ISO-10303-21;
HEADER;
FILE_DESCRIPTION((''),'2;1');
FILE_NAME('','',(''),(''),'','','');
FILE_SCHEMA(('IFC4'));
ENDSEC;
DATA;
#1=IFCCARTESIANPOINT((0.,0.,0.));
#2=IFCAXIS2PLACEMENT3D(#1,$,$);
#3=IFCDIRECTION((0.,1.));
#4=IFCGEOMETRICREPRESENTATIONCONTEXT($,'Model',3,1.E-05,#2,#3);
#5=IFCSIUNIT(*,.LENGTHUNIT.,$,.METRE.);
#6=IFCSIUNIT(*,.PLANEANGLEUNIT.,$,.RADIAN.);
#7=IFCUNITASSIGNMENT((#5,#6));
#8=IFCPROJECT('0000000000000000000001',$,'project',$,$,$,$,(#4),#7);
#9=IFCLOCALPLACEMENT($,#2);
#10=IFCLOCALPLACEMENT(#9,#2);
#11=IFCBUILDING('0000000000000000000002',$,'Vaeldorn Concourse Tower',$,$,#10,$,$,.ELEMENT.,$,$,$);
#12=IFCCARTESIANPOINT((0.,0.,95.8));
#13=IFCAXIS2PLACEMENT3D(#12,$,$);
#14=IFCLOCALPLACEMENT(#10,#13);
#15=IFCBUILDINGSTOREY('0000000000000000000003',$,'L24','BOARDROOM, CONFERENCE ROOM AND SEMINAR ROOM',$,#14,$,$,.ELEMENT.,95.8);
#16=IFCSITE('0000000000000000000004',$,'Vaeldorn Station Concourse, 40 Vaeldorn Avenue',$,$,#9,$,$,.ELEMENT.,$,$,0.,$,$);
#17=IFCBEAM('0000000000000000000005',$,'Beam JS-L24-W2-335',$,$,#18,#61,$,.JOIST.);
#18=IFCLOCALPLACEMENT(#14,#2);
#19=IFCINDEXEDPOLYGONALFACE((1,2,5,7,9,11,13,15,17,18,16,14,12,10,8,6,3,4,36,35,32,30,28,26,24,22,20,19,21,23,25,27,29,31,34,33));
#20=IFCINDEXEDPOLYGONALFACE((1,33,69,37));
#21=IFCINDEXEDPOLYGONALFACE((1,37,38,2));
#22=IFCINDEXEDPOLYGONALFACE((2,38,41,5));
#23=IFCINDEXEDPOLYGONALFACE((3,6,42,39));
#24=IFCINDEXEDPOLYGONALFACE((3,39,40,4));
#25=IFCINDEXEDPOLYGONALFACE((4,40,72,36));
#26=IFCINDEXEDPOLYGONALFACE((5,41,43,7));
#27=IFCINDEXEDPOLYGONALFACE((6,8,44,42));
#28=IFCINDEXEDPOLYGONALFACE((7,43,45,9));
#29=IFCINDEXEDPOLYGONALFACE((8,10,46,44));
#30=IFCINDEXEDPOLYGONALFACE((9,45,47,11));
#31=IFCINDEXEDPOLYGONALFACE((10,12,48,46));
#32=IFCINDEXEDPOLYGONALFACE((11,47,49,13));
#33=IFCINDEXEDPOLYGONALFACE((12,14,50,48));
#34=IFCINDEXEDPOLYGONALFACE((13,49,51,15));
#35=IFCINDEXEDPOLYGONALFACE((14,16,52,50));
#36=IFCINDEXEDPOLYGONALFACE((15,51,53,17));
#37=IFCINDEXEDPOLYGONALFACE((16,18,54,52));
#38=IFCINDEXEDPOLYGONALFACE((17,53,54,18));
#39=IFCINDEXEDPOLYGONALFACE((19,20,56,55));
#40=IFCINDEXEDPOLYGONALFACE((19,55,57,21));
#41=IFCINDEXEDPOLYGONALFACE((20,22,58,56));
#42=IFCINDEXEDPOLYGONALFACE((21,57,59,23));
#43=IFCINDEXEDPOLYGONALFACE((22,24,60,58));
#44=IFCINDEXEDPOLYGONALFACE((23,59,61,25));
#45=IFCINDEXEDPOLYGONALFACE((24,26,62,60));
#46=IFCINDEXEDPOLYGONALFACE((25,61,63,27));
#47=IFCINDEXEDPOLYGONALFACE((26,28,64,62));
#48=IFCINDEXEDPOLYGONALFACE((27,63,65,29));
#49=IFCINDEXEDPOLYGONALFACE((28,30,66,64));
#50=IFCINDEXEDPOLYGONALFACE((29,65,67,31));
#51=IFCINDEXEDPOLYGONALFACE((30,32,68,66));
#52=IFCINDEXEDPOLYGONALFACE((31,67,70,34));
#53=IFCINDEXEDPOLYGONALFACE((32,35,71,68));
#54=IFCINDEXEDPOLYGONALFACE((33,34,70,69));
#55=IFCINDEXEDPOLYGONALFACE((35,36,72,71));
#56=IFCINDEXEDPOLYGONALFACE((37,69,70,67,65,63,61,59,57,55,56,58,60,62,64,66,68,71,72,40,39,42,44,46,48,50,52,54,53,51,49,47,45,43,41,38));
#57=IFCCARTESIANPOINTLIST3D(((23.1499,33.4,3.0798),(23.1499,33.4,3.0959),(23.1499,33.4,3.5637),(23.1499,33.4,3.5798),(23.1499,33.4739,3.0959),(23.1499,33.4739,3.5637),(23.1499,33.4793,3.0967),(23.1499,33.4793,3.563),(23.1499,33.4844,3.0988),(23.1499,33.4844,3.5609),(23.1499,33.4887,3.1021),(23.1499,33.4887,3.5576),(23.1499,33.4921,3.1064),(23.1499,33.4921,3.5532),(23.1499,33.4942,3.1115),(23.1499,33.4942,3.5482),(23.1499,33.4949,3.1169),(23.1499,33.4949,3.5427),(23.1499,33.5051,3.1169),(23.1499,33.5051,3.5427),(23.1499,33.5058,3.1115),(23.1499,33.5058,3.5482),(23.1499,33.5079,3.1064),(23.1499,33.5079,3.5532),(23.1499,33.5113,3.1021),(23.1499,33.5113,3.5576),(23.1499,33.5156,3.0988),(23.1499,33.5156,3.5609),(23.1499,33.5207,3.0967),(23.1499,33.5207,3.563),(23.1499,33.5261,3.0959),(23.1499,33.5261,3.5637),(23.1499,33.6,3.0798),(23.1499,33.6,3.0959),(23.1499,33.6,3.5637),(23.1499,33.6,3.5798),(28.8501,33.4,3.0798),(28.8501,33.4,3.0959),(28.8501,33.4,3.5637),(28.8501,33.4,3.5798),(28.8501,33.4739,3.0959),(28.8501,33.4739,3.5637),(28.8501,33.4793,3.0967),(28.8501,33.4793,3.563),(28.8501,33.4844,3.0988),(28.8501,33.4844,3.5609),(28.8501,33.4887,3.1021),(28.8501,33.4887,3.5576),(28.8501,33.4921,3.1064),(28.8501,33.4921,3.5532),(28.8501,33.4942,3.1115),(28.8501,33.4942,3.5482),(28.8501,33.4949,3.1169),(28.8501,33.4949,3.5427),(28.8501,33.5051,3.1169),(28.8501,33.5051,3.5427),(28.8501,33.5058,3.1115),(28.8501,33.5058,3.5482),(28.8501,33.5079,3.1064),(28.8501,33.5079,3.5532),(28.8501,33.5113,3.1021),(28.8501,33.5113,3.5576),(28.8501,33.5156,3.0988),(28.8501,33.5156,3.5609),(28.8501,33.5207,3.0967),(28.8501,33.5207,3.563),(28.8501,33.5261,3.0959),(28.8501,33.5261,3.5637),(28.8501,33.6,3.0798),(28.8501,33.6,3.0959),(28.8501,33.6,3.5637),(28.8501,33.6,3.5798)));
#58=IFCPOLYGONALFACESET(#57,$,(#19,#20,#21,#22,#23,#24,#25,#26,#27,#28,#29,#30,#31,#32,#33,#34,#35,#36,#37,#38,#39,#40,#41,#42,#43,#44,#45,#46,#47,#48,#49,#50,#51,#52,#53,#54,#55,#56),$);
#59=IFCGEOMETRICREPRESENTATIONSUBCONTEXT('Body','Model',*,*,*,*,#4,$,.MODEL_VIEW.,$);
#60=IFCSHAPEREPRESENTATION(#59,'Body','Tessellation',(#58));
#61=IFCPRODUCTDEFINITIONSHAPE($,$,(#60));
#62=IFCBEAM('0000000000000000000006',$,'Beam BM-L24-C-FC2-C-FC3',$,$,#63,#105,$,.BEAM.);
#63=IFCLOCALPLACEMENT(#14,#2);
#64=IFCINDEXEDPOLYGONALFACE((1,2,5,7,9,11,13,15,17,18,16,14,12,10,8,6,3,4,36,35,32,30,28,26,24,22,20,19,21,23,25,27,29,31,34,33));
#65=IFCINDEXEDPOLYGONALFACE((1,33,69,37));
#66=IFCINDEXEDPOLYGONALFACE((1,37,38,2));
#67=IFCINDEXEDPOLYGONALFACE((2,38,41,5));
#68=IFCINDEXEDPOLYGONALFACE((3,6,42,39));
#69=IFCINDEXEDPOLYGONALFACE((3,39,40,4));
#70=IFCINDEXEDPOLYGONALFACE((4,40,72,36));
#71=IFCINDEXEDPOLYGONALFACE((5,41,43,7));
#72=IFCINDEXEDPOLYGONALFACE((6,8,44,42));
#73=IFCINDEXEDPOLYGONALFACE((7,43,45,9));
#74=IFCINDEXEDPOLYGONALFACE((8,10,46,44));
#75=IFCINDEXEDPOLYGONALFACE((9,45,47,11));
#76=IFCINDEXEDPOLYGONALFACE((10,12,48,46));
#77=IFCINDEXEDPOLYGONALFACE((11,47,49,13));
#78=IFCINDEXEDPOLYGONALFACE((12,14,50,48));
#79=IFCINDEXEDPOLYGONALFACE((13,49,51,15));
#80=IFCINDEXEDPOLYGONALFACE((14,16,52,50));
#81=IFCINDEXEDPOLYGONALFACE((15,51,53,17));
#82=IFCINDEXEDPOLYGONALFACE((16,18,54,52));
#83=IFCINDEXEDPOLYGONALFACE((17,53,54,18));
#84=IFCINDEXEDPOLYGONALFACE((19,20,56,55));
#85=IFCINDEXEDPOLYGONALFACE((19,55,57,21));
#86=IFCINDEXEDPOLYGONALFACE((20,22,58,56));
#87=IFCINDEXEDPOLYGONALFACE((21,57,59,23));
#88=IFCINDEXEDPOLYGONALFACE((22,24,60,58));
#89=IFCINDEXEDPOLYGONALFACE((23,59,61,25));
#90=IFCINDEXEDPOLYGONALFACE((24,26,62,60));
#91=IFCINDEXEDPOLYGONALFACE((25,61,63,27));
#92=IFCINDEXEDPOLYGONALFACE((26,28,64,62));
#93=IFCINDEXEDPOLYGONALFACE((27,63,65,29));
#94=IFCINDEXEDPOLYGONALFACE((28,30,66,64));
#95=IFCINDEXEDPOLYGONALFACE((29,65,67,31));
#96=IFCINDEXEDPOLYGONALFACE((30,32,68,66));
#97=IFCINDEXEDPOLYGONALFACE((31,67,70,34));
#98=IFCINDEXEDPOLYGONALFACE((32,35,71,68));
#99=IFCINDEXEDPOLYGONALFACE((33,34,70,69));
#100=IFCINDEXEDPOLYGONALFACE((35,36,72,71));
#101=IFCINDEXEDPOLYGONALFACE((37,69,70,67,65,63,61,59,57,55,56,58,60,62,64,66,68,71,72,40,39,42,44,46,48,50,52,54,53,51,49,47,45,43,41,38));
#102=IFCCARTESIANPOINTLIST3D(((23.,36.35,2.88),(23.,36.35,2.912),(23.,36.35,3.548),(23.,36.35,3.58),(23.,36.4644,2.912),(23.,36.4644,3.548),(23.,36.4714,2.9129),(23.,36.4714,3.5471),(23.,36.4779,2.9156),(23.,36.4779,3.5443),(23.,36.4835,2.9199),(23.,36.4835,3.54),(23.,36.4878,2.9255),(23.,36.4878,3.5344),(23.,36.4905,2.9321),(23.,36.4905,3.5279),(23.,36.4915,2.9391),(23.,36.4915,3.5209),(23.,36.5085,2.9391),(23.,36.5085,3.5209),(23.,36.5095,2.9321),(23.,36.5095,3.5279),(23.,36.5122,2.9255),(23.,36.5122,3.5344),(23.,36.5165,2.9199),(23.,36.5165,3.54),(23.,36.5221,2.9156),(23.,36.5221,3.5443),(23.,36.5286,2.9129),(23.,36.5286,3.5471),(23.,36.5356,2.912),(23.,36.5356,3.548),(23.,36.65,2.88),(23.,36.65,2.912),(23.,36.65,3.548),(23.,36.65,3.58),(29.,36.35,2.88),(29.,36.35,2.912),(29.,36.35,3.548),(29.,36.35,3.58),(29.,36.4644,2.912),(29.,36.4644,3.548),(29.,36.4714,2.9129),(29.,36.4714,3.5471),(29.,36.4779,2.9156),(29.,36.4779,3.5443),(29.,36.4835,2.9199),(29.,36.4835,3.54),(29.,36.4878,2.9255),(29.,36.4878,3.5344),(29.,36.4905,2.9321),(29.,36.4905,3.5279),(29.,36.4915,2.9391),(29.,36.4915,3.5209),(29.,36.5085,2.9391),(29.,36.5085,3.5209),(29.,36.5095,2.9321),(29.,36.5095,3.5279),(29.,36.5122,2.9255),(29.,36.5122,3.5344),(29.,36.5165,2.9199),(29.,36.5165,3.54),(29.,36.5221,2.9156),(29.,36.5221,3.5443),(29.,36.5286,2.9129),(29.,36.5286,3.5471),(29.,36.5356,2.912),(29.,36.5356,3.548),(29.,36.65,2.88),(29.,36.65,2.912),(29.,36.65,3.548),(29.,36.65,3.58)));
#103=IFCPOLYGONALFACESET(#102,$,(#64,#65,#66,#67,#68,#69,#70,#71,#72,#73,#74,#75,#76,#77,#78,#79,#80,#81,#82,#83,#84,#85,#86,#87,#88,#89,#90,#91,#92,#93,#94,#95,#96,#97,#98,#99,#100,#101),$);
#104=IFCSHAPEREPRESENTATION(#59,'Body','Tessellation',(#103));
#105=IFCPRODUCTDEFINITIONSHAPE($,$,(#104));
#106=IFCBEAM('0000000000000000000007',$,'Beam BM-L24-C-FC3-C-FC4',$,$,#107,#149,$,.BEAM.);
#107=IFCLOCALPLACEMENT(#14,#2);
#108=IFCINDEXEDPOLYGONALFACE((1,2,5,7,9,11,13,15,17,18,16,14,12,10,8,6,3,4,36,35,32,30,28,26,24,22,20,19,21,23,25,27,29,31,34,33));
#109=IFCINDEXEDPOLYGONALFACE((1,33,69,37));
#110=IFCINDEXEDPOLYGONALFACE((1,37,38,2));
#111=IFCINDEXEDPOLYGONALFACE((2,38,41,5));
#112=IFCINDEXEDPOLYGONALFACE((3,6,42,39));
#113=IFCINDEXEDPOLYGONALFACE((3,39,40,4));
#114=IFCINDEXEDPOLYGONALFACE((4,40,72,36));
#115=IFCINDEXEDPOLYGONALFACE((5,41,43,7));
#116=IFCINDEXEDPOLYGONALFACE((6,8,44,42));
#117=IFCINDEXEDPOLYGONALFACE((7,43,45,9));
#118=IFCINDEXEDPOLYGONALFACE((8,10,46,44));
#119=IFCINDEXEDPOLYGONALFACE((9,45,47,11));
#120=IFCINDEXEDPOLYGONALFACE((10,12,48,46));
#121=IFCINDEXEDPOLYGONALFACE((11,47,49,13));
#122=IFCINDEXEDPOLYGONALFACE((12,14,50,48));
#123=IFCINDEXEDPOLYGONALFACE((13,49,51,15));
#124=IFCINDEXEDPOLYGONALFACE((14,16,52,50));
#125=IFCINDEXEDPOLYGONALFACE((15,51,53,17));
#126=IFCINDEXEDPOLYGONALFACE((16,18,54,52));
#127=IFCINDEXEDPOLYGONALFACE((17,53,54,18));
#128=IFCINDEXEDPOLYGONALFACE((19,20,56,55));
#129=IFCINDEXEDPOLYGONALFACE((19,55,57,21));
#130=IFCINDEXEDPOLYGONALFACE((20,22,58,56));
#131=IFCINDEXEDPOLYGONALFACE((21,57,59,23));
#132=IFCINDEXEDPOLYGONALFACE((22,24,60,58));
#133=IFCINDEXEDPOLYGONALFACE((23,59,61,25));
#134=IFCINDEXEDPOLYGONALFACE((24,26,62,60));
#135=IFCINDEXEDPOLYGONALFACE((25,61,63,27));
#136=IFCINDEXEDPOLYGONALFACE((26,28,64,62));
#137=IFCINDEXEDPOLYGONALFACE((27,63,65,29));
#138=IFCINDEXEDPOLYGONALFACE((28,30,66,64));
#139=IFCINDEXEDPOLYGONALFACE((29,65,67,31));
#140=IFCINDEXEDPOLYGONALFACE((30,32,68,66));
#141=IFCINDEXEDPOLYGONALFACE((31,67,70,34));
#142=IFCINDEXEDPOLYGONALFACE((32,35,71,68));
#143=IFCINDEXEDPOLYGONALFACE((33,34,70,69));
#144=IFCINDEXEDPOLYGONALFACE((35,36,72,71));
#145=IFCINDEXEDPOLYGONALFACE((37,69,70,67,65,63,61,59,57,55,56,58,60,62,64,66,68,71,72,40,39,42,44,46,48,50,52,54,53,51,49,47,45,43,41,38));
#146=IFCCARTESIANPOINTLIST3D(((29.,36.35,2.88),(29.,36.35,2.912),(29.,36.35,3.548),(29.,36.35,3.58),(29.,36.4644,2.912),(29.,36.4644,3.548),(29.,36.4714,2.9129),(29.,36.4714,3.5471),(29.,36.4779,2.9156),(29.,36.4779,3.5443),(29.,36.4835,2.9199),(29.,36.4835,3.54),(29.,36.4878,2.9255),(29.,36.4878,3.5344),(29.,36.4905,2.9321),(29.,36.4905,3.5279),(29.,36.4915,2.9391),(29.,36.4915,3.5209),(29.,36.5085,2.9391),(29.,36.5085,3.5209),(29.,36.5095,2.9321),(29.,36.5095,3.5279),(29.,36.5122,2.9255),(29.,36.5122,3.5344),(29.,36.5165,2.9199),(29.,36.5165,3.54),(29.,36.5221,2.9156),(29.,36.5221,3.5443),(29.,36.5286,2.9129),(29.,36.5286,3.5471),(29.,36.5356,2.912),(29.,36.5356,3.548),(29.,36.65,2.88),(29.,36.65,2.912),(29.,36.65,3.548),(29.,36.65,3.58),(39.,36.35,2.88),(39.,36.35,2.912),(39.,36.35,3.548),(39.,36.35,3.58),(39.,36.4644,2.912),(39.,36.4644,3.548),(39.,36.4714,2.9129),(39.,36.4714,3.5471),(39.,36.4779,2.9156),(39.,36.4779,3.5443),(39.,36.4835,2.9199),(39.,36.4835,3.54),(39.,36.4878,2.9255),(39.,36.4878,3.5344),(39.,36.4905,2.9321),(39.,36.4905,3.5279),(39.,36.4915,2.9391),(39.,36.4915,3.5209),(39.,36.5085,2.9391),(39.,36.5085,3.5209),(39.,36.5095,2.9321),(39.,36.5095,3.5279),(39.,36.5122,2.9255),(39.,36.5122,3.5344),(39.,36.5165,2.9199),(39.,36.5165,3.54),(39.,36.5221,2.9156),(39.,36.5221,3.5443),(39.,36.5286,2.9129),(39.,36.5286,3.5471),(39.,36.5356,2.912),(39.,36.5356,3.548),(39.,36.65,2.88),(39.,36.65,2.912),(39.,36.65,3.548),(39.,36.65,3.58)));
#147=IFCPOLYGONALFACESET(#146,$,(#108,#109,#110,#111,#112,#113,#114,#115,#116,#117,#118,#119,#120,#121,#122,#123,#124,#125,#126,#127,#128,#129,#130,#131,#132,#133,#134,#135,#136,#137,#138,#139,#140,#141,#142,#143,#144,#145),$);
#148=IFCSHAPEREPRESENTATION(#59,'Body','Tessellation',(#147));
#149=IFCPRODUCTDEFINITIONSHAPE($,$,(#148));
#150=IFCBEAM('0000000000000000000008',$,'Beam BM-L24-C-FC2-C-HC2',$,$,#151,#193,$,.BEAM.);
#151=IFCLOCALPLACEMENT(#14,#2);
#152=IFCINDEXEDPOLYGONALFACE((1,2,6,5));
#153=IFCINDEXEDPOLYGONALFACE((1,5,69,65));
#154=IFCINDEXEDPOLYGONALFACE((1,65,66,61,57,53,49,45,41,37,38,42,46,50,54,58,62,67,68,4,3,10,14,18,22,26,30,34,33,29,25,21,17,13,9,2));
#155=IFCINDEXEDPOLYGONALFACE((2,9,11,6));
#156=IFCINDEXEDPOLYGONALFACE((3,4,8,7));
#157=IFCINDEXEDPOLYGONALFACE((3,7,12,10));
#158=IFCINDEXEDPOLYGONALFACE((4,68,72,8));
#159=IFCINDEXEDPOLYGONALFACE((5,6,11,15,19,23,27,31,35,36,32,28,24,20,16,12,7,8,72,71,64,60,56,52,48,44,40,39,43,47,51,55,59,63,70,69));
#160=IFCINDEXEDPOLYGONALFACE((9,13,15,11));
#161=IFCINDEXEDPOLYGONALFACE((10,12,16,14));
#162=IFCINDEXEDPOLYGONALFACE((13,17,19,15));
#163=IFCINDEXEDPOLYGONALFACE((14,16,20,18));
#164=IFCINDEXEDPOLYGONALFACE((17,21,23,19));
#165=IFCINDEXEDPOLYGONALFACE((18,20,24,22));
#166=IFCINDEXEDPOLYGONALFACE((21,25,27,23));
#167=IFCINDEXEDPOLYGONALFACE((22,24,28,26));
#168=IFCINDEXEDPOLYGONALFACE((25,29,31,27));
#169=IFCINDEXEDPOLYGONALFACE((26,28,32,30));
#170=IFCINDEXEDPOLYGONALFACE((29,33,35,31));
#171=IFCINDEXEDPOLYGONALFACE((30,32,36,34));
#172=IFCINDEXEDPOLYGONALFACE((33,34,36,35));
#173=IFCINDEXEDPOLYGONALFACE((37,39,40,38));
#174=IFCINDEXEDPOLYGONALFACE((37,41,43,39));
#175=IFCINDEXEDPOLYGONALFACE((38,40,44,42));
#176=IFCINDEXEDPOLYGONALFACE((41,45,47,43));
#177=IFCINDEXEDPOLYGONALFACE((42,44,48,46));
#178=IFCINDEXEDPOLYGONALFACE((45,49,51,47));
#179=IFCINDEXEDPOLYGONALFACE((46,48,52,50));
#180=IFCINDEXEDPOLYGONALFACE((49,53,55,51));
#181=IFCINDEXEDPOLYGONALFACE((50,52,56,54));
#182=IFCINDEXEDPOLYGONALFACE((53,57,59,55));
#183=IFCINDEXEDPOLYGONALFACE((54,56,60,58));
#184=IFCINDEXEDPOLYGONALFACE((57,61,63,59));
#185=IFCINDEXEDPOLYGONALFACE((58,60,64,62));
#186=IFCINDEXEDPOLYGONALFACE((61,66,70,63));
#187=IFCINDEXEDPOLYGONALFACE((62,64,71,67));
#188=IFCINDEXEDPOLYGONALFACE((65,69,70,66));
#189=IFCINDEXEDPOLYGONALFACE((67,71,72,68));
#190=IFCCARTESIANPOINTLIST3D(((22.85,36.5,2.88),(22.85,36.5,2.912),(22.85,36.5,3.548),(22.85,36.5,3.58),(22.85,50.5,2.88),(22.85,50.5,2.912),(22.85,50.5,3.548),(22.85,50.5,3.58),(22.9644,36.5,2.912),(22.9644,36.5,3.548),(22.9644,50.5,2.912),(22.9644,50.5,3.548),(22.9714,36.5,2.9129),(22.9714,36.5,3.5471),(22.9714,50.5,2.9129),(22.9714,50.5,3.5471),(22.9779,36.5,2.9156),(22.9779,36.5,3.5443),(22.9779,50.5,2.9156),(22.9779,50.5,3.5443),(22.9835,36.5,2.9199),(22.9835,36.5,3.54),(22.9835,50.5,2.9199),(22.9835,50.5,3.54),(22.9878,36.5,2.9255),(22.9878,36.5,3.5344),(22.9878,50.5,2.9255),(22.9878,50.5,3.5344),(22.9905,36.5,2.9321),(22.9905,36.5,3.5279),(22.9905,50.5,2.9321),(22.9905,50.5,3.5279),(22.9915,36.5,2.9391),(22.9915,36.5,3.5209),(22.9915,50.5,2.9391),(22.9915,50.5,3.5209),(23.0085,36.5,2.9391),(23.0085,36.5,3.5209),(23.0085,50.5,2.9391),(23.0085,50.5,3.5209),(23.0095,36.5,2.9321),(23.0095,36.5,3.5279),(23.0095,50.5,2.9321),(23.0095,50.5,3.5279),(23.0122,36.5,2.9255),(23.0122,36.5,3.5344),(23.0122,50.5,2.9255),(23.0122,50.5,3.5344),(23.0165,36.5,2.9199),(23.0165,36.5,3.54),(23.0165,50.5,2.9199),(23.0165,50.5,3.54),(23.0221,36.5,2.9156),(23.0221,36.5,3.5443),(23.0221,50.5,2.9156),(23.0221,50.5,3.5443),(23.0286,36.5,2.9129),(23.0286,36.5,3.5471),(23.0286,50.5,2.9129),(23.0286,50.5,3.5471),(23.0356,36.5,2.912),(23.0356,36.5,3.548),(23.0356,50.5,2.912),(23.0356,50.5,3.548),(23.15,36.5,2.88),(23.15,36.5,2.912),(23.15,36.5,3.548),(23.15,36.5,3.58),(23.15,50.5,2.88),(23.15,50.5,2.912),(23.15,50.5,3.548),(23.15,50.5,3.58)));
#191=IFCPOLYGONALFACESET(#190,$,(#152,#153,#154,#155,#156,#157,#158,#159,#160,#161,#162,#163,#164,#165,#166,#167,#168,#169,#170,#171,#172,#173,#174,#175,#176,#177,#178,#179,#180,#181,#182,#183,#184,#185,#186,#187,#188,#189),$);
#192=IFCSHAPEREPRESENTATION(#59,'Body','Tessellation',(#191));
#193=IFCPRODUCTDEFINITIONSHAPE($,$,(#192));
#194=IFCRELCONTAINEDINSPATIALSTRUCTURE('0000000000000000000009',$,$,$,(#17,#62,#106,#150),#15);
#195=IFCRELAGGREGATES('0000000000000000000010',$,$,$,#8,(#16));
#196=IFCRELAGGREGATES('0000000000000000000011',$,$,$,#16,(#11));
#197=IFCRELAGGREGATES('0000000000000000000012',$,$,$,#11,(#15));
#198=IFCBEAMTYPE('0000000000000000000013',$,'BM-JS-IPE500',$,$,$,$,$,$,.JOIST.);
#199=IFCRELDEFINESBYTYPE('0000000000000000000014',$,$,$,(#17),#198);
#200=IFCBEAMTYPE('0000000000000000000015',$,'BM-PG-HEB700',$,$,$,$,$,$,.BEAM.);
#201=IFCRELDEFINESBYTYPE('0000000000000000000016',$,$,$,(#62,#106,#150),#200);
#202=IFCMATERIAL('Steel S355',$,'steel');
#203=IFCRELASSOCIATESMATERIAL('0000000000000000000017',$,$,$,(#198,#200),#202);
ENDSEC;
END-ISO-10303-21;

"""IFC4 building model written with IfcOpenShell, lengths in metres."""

from ifc_helpers import new_model, si_unit, direction, frame, origin, origin_2d, place, context, subcontext, project, spatial, i_section, extrude, source, transform, mapped, material, material_profile, profile_set, type_object, element, save


model = new_model("IFC4")

# Units and contexts
model_context = context("Model", 3, precision=1e-05, world=origin(), true_north=direction((0.0, 1.0)))
body_context = subcontext(model_context, "Body", "Model", "MODEL_VIEW")
ifc_project = project(units=[si_unit("LENGTHUNIT", "METRE"), si_unit("PLANEANGLEUNIT", "RADIAN")], contexts=[model_context])

# Site, building, storey
site_placement = place(None, origin())
site = spatial("IfcSite", under=ifc_project, at=site_placement, Name="Vaeldorn Station Concourse, 40 Vaeldorn Avenue", CompositionType="ELEMENT", RefElevation=0.0)
building_placement = place(site_placement, origin())
building = spatial("IfcBuilding", under=site, at=building_placement, Name="Vaeldorn Concourse Tower", CompositionType="ELEMENT")
storey_placement = place(building_placement, frame((0.0, 0.0, 95.8)))
storey = spatial("IfcBuildingStorey", under=building, at=storey_placement, Name="L24", Description="BOARDROOM, CONFERENCE ROOM AND SEMINAR ROOM", CompositionType="ELEMENT", Elevation=95.8)

# Beams
ifc_material_1 = material(Name="Steel S355", Category="steel")
ifc_material_profile_1 = material_profile(ifc_material_1, i_section(OverallWidth=0.2, OverallDepth=0.5, WebThickness=0.0103, FlangeThickness=0.0161, FilletRadius=0.021, at=origin_2d()), Name="IPE 500")
ifc_profile_set_1 = profile_set([ifc_material_profile_1], Name="Steel S355")
beam_type_1 = type_object("IfcBeamType", Name="BM-JS-IPE500", PredefinedType="JOIST", material=ifc_profile_set_1)
shared_shape_1 = source(origin(), body_context, "Body", "SweptSolid", [
    extrude(i_section(OverallWidth=0.2, OverallDepth=0.5, WebThickness=0.0103, FlangeThickness=0.0161, FilletRadius=0.021, at=origin_2d()), origin(), (0.0, 0.0, 1.0), 5.7002),
])
for number, where, z_axis, x_axis, name in (
    (1, (23.1499, 33.5, 3.3298), (1.0, 0.0, 0.0), (0.0, 1.0, 0.0), "Beam JS-L24-W2-335"),
):
    element("IfcBeam", number, at=place(storey_placement, frame(where, z_axis=z_axis, x_axis=x_axis)), inside=storey, type_object=beam_type_1, Name=name, PredefinedType="JOIST", context=body_context, shape_type="MappedRepresentation", body=[
        mapped(shared_shape_1, transform((0.0, 0.0, 0.0), scale=1.0)),
    ])
ifc_material_profile_2 = material_profile(ifc_material_1, i_section(OverallWidth=0.3, OverallDepth=0.7, WebThickness=0.0171, FlangeThickness=0.032, FilletRadius=0.0271, at=origin_2d()), Name="HEB 700")
ifc_profile_set_2 = profile_set([ifc_material_profile_2], Name="Steel S355")
beam_type_2 = type_object("IfcBeamType", Name="BM-PG-HEB700", PredefinedType="BEAM", material=ifc_profile_set_2)
shared_shape_2 = source(origin(), body_context, "Body", "SweptSolid", [
    extrude(i_section(OverallWidth=0.3, OverallDepth=0.7, WebThickness=0.0171, FlangeThickness=0.032, FilletRadius=0.0271, at=origin_2d()), origin(), (0.0, 0.0, 1.0), 6.0),
])
beam_1_placement = place(storey_placement, frame((23.0, 36.5, 3.23), z_axis=(1.0, 0.0, 0.0), x_axis=(0.0, 1.0, 0.0)))
element("IfcBeam", 2, at=beam_1_placement, inside=storey, type_object=beam_type_2, Name="Beam BM-L24-C-FC2-C-FC3", PredefinedType="BEAM", context=body_context, shape_type="MappedRepresentation", body=[
    mapped(shared_shape_2, transform((0.0, 0.0, 0.0), scale=1.0)),
])
shared_shape_3 = source(origin(), body_context, "Body", "SweptSolid", [
    extrude(i_section(OverallWidth=0.3, OverallDepth=0.7, WebThickness=0.0171, FlangeThickness=0.032, FilletRadius=0.0271, at=origin_2d()), origin(), (0.0, 0.0, 1.0), 10.0),
])
beam_2_placement = place(storey_placement, frame((29.0, 36.5, 3.23), z_axis=(1.0, 0.0, 0.0), x_axis=(0.0, 1.0, 0.0)))
element("IfcBeam", 3, at=beam_2_placement, inside=storey, type_object=beam_type_2, Name="Beam BM-L24-C-FC3-C-FC4", PredefinedType="BEAM", context=body_context, shape_type="MappedRepresentation", body=[
    mapped(shared_shape_3, transform((0.0, 0.0, 0.0), scale=1.0)),
])
shared_shape_4 = source(origin(), body_context, "Body", "SweptSolid", [
    extrude(i_section(OverallWidth=0.3, OverallDepth=0.7, WebThickness=0.0171, FlangeThickness=0.032, FilletRadius=0.0271, at=origin_2d()), origin(), (0.0, 0.0, 1.0), 14.0),
])
beam_3_placement = place(storey_placement, frame((23.0, 36.5, 3.23), z_axis=(0.0, 1.0, 0.0), x_axis=(-1.0, 0.0, 0.0)))
element("IfcBeam", 4, at=beam_3_placement, inside=storey, type_object=beam_type_2, Name="Beam BM-L24-C-FC2-C-HC2", PredefinedType="BEAM", context=body_context, shape_type="MappedRepresentation", body=[
    mapped(shared_shape_4, transform((0.0, 0.0, 0.0), scale=1.0)),
])

save(model, "model.ifc")
